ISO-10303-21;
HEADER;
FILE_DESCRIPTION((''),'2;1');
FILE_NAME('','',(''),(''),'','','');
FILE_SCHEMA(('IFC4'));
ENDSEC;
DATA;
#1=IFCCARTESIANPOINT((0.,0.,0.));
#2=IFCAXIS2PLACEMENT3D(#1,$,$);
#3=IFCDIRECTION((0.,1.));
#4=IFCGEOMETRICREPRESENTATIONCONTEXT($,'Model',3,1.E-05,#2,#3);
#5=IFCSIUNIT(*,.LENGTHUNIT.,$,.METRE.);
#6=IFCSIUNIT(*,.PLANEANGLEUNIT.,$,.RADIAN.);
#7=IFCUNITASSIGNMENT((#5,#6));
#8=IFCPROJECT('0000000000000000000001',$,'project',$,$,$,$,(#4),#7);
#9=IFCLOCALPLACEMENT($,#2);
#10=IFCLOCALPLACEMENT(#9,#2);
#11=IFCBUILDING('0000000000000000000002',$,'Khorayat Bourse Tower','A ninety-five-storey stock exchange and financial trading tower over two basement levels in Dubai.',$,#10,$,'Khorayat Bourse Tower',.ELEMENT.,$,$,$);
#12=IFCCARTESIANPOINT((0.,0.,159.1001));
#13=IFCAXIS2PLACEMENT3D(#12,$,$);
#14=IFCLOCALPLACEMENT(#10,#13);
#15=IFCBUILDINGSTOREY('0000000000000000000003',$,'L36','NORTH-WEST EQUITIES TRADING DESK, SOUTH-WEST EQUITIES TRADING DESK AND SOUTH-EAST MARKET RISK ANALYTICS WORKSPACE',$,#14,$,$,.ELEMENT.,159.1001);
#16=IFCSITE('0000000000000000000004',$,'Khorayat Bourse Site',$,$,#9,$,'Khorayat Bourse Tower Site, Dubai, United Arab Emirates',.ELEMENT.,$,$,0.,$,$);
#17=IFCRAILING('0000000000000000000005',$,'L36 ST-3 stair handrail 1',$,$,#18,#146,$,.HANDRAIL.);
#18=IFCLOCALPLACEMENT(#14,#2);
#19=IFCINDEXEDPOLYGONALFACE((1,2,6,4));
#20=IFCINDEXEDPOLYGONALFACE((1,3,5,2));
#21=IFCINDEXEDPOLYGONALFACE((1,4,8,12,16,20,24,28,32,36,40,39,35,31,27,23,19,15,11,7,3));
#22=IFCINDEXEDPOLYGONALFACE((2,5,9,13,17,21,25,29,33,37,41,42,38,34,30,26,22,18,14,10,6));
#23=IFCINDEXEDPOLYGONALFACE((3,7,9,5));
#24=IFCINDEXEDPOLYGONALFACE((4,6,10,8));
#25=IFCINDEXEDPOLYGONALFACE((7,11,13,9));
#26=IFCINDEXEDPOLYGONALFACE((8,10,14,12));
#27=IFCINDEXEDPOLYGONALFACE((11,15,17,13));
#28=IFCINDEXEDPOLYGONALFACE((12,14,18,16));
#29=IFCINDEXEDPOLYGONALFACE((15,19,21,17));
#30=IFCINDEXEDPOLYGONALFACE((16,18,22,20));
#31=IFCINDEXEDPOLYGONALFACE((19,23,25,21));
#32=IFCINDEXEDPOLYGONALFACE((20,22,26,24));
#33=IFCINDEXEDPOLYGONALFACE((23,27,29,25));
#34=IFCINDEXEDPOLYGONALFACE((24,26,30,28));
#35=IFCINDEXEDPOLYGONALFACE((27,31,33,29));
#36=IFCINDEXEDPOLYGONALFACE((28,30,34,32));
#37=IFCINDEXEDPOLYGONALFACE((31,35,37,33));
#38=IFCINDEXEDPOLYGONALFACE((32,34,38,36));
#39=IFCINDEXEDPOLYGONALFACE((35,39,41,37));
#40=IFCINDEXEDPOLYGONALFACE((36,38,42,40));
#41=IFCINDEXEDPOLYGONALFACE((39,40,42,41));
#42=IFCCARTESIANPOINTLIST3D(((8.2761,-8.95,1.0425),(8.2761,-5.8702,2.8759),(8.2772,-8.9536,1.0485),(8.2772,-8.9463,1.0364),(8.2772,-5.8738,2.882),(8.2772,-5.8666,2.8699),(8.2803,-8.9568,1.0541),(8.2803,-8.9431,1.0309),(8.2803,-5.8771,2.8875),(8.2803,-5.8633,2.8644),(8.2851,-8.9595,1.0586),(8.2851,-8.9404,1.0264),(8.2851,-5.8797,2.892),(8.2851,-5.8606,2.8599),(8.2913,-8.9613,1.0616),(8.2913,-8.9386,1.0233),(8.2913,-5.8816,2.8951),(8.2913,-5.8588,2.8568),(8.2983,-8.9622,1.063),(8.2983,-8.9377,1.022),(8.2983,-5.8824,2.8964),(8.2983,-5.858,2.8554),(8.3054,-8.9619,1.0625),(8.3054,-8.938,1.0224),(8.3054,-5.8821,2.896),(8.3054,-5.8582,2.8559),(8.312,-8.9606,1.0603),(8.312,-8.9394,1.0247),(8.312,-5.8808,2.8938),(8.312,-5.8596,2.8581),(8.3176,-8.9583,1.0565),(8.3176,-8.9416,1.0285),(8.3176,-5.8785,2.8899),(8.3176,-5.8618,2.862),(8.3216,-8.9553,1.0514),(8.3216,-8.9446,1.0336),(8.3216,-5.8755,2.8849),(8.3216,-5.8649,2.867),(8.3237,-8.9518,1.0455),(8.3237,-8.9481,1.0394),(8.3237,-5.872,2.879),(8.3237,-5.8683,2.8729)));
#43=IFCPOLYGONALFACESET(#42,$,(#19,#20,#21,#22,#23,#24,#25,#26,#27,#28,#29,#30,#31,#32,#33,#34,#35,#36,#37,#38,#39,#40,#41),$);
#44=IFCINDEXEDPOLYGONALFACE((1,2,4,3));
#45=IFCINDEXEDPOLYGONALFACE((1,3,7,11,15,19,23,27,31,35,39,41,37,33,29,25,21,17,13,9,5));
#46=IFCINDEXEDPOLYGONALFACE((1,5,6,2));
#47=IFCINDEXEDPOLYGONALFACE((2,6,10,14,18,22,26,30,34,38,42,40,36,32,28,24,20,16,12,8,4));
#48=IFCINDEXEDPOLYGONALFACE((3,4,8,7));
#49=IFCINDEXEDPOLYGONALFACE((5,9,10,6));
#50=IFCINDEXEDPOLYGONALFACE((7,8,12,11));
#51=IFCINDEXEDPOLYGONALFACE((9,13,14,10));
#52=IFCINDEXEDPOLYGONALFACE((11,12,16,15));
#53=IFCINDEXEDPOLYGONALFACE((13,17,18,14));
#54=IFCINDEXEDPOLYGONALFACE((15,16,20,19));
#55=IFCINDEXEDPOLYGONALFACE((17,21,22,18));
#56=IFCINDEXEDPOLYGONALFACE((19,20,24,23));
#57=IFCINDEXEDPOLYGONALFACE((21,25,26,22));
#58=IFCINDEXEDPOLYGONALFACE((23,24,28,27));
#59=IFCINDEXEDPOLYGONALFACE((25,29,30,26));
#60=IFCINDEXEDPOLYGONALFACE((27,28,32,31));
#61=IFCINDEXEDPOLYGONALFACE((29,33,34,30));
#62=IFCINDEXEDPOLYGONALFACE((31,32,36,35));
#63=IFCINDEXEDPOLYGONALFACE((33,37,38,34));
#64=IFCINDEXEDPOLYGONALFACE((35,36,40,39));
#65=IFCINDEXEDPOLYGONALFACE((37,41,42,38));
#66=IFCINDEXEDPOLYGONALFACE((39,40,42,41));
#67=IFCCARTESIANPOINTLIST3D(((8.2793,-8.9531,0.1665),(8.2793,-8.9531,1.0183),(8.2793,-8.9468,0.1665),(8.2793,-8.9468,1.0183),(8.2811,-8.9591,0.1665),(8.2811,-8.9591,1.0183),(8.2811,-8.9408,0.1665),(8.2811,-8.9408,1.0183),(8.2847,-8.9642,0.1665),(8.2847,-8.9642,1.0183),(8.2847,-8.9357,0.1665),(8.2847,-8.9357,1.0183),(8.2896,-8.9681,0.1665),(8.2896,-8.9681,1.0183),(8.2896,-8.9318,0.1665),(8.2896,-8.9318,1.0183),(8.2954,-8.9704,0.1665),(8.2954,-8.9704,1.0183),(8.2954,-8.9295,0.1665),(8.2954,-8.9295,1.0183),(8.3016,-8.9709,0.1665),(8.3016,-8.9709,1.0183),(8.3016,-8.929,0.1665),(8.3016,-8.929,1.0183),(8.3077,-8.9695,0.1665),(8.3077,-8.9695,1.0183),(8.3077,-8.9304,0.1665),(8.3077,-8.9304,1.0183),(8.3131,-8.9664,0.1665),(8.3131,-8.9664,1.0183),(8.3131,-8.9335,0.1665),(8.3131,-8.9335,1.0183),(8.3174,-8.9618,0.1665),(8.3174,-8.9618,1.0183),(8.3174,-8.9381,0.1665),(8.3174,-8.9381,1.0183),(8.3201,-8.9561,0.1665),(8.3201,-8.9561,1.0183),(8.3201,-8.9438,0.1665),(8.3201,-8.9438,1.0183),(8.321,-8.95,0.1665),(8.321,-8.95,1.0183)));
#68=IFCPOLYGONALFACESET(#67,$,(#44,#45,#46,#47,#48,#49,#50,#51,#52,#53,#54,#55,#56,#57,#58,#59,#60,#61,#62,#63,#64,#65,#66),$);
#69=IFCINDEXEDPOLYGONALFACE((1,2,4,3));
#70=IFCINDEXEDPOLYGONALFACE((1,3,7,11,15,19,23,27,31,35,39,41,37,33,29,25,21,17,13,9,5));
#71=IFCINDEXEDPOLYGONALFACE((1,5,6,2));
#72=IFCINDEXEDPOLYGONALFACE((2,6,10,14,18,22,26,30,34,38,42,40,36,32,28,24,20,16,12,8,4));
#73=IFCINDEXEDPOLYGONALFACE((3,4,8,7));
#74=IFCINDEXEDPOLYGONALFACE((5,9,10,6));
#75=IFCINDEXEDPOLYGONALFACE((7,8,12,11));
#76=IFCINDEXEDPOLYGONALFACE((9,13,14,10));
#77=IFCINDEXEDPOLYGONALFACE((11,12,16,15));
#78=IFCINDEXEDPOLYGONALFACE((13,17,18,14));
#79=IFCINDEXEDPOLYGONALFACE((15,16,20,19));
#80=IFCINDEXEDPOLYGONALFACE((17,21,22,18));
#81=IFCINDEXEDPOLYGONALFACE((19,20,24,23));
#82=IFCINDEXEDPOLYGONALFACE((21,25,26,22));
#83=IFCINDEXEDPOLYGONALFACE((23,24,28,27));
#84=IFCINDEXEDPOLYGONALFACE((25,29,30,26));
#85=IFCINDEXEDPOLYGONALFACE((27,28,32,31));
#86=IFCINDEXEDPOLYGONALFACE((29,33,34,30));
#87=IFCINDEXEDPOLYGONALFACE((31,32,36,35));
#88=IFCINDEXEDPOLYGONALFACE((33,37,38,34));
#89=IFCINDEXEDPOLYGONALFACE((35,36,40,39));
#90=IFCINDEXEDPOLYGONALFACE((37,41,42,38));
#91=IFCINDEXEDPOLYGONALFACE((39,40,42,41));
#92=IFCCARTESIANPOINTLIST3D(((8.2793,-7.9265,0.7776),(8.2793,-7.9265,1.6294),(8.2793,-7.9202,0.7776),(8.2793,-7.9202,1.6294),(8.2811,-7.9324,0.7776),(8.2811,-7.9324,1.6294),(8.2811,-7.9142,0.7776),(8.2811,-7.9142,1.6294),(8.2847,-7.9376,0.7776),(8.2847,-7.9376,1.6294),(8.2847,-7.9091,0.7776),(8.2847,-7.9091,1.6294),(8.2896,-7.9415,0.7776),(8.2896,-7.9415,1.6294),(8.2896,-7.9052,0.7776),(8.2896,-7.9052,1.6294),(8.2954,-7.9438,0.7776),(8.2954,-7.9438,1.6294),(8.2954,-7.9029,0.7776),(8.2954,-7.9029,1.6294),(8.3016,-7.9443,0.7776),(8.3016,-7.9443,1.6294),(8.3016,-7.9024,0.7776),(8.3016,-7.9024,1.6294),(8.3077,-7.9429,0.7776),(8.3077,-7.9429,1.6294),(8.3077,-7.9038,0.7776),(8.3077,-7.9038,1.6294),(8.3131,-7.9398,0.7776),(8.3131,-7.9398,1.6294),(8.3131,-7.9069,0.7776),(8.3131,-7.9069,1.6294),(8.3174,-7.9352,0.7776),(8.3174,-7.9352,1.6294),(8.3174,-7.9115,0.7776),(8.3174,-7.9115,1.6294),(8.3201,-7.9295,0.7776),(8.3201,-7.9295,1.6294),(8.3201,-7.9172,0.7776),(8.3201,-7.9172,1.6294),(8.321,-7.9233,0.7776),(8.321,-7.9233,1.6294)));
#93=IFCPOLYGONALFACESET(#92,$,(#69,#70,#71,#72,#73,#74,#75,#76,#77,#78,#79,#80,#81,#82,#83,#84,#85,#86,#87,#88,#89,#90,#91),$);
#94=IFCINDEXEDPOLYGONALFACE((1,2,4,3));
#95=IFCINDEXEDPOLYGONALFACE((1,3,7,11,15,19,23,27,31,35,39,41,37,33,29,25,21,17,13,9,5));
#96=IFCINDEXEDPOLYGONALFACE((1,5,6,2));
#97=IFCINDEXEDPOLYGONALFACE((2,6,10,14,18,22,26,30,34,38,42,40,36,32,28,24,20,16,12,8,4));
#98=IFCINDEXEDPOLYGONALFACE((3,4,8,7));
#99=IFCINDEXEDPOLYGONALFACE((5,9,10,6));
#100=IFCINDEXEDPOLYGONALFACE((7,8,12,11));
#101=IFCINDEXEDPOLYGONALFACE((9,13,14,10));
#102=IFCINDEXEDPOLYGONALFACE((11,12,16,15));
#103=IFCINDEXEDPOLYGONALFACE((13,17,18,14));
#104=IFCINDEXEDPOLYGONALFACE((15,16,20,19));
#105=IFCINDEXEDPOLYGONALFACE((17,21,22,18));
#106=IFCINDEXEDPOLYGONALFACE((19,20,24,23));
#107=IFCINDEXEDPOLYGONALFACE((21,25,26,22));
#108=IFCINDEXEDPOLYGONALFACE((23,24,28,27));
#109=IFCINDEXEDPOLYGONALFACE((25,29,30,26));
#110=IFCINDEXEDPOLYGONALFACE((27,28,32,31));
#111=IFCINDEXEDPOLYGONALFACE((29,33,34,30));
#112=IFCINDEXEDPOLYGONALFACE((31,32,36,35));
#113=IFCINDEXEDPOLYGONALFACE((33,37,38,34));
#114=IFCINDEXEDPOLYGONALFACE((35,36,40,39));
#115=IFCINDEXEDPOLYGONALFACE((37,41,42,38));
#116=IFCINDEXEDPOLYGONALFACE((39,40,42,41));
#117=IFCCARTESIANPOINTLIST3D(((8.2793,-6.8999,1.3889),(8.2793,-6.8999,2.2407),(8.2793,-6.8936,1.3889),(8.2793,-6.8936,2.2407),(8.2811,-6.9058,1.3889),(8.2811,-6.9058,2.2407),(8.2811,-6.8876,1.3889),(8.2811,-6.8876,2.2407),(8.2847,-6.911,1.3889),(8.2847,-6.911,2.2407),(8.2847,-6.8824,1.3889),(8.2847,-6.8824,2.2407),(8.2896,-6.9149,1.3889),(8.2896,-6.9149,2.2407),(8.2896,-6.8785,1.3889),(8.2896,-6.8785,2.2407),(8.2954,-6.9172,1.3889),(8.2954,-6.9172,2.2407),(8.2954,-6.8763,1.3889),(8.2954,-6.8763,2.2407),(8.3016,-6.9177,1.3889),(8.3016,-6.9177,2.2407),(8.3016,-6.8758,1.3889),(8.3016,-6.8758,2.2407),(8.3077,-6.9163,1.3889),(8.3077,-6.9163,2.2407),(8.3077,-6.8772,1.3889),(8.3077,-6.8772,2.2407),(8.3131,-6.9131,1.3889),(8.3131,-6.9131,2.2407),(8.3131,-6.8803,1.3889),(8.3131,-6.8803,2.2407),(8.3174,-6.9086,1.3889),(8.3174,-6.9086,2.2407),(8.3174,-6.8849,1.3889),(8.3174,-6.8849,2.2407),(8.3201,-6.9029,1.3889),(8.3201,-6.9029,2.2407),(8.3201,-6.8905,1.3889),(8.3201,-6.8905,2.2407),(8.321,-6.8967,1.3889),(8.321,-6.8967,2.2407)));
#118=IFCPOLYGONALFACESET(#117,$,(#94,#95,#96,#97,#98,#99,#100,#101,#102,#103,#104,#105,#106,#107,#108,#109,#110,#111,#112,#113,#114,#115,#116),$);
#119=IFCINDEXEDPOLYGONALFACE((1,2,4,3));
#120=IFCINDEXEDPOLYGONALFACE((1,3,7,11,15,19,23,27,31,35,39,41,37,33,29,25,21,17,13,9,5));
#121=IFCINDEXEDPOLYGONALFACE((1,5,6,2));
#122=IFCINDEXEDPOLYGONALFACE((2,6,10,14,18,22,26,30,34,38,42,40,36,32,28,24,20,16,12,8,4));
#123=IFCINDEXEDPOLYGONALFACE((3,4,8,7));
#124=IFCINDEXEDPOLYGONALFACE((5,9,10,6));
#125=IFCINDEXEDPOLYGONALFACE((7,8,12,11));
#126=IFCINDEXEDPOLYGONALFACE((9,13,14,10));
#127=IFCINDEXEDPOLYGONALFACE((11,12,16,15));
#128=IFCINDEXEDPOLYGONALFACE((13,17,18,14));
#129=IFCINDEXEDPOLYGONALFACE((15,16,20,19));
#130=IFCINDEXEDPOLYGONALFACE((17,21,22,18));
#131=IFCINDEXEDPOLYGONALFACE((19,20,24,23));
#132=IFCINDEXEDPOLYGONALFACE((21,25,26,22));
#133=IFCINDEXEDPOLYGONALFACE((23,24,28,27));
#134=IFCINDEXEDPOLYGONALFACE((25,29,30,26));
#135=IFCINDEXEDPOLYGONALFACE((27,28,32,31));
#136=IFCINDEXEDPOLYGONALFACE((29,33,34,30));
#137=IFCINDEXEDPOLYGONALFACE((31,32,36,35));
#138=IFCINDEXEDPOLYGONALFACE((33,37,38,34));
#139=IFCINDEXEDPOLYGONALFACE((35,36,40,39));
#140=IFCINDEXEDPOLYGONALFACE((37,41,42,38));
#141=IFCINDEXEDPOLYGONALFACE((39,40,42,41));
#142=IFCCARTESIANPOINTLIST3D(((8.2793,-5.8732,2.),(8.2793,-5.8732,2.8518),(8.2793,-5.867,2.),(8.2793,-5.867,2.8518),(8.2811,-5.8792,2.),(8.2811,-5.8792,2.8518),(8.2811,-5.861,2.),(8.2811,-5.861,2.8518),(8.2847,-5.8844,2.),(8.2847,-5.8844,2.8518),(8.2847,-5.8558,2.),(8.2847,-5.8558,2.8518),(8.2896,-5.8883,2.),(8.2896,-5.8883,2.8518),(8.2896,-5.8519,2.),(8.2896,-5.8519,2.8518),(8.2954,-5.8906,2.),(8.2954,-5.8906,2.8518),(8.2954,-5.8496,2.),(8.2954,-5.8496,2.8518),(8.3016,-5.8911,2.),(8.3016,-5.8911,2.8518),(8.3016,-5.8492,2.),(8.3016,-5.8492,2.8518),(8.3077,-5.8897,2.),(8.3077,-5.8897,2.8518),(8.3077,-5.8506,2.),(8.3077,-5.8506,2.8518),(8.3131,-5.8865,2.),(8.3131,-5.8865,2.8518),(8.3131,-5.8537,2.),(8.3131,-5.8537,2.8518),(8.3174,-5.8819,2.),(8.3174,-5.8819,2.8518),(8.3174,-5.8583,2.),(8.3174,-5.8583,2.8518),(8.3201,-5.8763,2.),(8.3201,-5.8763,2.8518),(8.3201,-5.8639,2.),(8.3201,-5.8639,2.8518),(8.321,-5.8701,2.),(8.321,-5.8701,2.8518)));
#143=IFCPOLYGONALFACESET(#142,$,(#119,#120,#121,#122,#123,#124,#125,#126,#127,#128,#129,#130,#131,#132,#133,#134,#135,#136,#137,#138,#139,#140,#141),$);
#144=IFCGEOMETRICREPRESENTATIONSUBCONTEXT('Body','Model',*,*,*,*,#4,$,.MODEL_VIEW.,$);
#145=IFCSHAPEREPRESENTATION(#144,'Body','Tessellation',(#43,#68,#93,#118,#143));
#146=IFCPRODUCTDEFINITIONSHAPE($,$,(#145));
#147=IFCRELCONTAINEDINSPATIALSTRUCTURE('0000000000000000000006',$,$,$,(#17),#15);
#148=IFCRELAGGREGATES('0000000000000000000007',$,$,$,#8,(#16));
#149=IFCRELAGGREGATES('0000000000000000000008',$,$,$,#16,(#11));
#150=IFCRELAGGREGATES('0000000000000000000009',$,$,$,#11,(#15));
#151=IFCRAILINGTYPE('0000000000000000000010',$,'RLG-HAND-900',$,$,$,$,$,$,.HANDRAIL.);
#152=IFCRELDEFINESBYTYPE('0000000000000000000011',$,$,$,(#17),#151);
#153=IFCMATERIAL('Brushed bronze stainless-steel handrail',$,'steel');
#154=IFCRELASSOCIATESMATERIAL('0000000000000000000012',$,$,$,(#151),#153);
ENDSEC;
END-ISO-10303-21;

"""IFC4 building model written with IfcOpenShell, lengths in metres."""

from ifc_helpers import new_model, si_unit, direction, frame, origin, origin_2d, place, context, subcontext, project, spatial, circle, extrude, source, transform, mapped, material, type_object, element, save


model = new_model("IFC4")

# Units and contexts
model_context = context("Model", 3, precision=1e-05, world=origin(), true_north=direction((0.0, 1.0)))
body_context = subcontext(model_context, "Body", "Model", "MODEL_VIEW")
ifc_project = project(units=[si_unit("LENGTHUNIT", "METRE"), si_unit("PLANEANGLEUNIT", "RADIAN")], contexts=[model_context])

# Site, building, storey
site_placement = place(None, origin())
site = spatial("IfcSite", under=ifc_project, at=site_placement, Name="Khorayat Bourse Site", LongName="Khorayat Bourse Tower Site, Dubai, United Arab Emirates", CompositionType="ELEMENT", RefElevation=0.0)
building_placement = place(site_placement, origin())
building = spatial("IfcBuilding", under=site, at=building_placement, Name="Khorayat Bourse Tower", Description="A ninety-five-storey stock exchange and financial trading tower over two basement levels in Dubai.", LongName="Khorayat Bourse Tower", CompositionType="ELEMENT")
storey_placement = place(building_placement, frame((0.0, 0.0, 159.1001)))
storey = spatial("IfcBuildingStorey", under=building, at=storey_placement, Name="L36", Description="NORTH-WEST EQUITIES TRADING DESK, SOUTH-WEST EQUITIES TRADING DESK AND SOUTH-EAST MARKET RISK ANALYTICS WORKSPACE", CompositionType="ELEMENT", Elevation=159.1001)

# Railing
ifc_material_1 = material(Name="Brushed bronze stainless-steel handrail", Category="steel")
railing_type_1 = type_object("IfcRailingType", Name="RLG-HAND-900", PredefinedType="HANDRAIL", material=ifc_material_1)
shared_shape_1 = source(origin(), body_context, "Body", "SweptSolid", [
    extrude(circle(Radius=0.0239, at=origin_2d()), frame((0.0, 0.0, 0.876), z_axis=(0.0, 0.859261, 0.511538), x_axis=(-1.0, 0.0, 0.0)), (0.0, 0.0, 1.0), 3.5842),
    extrude(circle(Radius=0.021, at=origin_2d()), origin(), (0.0, 0.0, 1.0), 0.8518),
    extrude(circle(Radius=0.021, at=origin_2d()), frame((0.0, 1.0266, 0.6111)), (0.0, 0.0, 1.0), 0.8518),
    extrude(circle(Radius=0.021, at=origin_2d()), frame((0.0, 2.0532, 1.2224)), (0.0, 0.0, 1.0), 0.8518),
    extrude(circle(Radius=0.021, at=origin_2d()), frame((0.0, 3.0798, 1.8335)), (0.0, 0.0, 1.0), 0.8518),
])
railing_1_placement = place(storey_placement, frame((8.3, -8.95, 0.1665)))
element("IfcRailing", 1, at=railing_1_placement, inside=storey, type_object=railing_type_1, Name="L36 ST-3 stair handrail 1", PredefinedType="HANDRAIL", context=body_context, shape_type="MappedRepresentation", body=[
    mapped(shared_shape_1, transform((0.0, 0.0, 0.0), scale=1.0)),
])

save(model, "model.ifc")
